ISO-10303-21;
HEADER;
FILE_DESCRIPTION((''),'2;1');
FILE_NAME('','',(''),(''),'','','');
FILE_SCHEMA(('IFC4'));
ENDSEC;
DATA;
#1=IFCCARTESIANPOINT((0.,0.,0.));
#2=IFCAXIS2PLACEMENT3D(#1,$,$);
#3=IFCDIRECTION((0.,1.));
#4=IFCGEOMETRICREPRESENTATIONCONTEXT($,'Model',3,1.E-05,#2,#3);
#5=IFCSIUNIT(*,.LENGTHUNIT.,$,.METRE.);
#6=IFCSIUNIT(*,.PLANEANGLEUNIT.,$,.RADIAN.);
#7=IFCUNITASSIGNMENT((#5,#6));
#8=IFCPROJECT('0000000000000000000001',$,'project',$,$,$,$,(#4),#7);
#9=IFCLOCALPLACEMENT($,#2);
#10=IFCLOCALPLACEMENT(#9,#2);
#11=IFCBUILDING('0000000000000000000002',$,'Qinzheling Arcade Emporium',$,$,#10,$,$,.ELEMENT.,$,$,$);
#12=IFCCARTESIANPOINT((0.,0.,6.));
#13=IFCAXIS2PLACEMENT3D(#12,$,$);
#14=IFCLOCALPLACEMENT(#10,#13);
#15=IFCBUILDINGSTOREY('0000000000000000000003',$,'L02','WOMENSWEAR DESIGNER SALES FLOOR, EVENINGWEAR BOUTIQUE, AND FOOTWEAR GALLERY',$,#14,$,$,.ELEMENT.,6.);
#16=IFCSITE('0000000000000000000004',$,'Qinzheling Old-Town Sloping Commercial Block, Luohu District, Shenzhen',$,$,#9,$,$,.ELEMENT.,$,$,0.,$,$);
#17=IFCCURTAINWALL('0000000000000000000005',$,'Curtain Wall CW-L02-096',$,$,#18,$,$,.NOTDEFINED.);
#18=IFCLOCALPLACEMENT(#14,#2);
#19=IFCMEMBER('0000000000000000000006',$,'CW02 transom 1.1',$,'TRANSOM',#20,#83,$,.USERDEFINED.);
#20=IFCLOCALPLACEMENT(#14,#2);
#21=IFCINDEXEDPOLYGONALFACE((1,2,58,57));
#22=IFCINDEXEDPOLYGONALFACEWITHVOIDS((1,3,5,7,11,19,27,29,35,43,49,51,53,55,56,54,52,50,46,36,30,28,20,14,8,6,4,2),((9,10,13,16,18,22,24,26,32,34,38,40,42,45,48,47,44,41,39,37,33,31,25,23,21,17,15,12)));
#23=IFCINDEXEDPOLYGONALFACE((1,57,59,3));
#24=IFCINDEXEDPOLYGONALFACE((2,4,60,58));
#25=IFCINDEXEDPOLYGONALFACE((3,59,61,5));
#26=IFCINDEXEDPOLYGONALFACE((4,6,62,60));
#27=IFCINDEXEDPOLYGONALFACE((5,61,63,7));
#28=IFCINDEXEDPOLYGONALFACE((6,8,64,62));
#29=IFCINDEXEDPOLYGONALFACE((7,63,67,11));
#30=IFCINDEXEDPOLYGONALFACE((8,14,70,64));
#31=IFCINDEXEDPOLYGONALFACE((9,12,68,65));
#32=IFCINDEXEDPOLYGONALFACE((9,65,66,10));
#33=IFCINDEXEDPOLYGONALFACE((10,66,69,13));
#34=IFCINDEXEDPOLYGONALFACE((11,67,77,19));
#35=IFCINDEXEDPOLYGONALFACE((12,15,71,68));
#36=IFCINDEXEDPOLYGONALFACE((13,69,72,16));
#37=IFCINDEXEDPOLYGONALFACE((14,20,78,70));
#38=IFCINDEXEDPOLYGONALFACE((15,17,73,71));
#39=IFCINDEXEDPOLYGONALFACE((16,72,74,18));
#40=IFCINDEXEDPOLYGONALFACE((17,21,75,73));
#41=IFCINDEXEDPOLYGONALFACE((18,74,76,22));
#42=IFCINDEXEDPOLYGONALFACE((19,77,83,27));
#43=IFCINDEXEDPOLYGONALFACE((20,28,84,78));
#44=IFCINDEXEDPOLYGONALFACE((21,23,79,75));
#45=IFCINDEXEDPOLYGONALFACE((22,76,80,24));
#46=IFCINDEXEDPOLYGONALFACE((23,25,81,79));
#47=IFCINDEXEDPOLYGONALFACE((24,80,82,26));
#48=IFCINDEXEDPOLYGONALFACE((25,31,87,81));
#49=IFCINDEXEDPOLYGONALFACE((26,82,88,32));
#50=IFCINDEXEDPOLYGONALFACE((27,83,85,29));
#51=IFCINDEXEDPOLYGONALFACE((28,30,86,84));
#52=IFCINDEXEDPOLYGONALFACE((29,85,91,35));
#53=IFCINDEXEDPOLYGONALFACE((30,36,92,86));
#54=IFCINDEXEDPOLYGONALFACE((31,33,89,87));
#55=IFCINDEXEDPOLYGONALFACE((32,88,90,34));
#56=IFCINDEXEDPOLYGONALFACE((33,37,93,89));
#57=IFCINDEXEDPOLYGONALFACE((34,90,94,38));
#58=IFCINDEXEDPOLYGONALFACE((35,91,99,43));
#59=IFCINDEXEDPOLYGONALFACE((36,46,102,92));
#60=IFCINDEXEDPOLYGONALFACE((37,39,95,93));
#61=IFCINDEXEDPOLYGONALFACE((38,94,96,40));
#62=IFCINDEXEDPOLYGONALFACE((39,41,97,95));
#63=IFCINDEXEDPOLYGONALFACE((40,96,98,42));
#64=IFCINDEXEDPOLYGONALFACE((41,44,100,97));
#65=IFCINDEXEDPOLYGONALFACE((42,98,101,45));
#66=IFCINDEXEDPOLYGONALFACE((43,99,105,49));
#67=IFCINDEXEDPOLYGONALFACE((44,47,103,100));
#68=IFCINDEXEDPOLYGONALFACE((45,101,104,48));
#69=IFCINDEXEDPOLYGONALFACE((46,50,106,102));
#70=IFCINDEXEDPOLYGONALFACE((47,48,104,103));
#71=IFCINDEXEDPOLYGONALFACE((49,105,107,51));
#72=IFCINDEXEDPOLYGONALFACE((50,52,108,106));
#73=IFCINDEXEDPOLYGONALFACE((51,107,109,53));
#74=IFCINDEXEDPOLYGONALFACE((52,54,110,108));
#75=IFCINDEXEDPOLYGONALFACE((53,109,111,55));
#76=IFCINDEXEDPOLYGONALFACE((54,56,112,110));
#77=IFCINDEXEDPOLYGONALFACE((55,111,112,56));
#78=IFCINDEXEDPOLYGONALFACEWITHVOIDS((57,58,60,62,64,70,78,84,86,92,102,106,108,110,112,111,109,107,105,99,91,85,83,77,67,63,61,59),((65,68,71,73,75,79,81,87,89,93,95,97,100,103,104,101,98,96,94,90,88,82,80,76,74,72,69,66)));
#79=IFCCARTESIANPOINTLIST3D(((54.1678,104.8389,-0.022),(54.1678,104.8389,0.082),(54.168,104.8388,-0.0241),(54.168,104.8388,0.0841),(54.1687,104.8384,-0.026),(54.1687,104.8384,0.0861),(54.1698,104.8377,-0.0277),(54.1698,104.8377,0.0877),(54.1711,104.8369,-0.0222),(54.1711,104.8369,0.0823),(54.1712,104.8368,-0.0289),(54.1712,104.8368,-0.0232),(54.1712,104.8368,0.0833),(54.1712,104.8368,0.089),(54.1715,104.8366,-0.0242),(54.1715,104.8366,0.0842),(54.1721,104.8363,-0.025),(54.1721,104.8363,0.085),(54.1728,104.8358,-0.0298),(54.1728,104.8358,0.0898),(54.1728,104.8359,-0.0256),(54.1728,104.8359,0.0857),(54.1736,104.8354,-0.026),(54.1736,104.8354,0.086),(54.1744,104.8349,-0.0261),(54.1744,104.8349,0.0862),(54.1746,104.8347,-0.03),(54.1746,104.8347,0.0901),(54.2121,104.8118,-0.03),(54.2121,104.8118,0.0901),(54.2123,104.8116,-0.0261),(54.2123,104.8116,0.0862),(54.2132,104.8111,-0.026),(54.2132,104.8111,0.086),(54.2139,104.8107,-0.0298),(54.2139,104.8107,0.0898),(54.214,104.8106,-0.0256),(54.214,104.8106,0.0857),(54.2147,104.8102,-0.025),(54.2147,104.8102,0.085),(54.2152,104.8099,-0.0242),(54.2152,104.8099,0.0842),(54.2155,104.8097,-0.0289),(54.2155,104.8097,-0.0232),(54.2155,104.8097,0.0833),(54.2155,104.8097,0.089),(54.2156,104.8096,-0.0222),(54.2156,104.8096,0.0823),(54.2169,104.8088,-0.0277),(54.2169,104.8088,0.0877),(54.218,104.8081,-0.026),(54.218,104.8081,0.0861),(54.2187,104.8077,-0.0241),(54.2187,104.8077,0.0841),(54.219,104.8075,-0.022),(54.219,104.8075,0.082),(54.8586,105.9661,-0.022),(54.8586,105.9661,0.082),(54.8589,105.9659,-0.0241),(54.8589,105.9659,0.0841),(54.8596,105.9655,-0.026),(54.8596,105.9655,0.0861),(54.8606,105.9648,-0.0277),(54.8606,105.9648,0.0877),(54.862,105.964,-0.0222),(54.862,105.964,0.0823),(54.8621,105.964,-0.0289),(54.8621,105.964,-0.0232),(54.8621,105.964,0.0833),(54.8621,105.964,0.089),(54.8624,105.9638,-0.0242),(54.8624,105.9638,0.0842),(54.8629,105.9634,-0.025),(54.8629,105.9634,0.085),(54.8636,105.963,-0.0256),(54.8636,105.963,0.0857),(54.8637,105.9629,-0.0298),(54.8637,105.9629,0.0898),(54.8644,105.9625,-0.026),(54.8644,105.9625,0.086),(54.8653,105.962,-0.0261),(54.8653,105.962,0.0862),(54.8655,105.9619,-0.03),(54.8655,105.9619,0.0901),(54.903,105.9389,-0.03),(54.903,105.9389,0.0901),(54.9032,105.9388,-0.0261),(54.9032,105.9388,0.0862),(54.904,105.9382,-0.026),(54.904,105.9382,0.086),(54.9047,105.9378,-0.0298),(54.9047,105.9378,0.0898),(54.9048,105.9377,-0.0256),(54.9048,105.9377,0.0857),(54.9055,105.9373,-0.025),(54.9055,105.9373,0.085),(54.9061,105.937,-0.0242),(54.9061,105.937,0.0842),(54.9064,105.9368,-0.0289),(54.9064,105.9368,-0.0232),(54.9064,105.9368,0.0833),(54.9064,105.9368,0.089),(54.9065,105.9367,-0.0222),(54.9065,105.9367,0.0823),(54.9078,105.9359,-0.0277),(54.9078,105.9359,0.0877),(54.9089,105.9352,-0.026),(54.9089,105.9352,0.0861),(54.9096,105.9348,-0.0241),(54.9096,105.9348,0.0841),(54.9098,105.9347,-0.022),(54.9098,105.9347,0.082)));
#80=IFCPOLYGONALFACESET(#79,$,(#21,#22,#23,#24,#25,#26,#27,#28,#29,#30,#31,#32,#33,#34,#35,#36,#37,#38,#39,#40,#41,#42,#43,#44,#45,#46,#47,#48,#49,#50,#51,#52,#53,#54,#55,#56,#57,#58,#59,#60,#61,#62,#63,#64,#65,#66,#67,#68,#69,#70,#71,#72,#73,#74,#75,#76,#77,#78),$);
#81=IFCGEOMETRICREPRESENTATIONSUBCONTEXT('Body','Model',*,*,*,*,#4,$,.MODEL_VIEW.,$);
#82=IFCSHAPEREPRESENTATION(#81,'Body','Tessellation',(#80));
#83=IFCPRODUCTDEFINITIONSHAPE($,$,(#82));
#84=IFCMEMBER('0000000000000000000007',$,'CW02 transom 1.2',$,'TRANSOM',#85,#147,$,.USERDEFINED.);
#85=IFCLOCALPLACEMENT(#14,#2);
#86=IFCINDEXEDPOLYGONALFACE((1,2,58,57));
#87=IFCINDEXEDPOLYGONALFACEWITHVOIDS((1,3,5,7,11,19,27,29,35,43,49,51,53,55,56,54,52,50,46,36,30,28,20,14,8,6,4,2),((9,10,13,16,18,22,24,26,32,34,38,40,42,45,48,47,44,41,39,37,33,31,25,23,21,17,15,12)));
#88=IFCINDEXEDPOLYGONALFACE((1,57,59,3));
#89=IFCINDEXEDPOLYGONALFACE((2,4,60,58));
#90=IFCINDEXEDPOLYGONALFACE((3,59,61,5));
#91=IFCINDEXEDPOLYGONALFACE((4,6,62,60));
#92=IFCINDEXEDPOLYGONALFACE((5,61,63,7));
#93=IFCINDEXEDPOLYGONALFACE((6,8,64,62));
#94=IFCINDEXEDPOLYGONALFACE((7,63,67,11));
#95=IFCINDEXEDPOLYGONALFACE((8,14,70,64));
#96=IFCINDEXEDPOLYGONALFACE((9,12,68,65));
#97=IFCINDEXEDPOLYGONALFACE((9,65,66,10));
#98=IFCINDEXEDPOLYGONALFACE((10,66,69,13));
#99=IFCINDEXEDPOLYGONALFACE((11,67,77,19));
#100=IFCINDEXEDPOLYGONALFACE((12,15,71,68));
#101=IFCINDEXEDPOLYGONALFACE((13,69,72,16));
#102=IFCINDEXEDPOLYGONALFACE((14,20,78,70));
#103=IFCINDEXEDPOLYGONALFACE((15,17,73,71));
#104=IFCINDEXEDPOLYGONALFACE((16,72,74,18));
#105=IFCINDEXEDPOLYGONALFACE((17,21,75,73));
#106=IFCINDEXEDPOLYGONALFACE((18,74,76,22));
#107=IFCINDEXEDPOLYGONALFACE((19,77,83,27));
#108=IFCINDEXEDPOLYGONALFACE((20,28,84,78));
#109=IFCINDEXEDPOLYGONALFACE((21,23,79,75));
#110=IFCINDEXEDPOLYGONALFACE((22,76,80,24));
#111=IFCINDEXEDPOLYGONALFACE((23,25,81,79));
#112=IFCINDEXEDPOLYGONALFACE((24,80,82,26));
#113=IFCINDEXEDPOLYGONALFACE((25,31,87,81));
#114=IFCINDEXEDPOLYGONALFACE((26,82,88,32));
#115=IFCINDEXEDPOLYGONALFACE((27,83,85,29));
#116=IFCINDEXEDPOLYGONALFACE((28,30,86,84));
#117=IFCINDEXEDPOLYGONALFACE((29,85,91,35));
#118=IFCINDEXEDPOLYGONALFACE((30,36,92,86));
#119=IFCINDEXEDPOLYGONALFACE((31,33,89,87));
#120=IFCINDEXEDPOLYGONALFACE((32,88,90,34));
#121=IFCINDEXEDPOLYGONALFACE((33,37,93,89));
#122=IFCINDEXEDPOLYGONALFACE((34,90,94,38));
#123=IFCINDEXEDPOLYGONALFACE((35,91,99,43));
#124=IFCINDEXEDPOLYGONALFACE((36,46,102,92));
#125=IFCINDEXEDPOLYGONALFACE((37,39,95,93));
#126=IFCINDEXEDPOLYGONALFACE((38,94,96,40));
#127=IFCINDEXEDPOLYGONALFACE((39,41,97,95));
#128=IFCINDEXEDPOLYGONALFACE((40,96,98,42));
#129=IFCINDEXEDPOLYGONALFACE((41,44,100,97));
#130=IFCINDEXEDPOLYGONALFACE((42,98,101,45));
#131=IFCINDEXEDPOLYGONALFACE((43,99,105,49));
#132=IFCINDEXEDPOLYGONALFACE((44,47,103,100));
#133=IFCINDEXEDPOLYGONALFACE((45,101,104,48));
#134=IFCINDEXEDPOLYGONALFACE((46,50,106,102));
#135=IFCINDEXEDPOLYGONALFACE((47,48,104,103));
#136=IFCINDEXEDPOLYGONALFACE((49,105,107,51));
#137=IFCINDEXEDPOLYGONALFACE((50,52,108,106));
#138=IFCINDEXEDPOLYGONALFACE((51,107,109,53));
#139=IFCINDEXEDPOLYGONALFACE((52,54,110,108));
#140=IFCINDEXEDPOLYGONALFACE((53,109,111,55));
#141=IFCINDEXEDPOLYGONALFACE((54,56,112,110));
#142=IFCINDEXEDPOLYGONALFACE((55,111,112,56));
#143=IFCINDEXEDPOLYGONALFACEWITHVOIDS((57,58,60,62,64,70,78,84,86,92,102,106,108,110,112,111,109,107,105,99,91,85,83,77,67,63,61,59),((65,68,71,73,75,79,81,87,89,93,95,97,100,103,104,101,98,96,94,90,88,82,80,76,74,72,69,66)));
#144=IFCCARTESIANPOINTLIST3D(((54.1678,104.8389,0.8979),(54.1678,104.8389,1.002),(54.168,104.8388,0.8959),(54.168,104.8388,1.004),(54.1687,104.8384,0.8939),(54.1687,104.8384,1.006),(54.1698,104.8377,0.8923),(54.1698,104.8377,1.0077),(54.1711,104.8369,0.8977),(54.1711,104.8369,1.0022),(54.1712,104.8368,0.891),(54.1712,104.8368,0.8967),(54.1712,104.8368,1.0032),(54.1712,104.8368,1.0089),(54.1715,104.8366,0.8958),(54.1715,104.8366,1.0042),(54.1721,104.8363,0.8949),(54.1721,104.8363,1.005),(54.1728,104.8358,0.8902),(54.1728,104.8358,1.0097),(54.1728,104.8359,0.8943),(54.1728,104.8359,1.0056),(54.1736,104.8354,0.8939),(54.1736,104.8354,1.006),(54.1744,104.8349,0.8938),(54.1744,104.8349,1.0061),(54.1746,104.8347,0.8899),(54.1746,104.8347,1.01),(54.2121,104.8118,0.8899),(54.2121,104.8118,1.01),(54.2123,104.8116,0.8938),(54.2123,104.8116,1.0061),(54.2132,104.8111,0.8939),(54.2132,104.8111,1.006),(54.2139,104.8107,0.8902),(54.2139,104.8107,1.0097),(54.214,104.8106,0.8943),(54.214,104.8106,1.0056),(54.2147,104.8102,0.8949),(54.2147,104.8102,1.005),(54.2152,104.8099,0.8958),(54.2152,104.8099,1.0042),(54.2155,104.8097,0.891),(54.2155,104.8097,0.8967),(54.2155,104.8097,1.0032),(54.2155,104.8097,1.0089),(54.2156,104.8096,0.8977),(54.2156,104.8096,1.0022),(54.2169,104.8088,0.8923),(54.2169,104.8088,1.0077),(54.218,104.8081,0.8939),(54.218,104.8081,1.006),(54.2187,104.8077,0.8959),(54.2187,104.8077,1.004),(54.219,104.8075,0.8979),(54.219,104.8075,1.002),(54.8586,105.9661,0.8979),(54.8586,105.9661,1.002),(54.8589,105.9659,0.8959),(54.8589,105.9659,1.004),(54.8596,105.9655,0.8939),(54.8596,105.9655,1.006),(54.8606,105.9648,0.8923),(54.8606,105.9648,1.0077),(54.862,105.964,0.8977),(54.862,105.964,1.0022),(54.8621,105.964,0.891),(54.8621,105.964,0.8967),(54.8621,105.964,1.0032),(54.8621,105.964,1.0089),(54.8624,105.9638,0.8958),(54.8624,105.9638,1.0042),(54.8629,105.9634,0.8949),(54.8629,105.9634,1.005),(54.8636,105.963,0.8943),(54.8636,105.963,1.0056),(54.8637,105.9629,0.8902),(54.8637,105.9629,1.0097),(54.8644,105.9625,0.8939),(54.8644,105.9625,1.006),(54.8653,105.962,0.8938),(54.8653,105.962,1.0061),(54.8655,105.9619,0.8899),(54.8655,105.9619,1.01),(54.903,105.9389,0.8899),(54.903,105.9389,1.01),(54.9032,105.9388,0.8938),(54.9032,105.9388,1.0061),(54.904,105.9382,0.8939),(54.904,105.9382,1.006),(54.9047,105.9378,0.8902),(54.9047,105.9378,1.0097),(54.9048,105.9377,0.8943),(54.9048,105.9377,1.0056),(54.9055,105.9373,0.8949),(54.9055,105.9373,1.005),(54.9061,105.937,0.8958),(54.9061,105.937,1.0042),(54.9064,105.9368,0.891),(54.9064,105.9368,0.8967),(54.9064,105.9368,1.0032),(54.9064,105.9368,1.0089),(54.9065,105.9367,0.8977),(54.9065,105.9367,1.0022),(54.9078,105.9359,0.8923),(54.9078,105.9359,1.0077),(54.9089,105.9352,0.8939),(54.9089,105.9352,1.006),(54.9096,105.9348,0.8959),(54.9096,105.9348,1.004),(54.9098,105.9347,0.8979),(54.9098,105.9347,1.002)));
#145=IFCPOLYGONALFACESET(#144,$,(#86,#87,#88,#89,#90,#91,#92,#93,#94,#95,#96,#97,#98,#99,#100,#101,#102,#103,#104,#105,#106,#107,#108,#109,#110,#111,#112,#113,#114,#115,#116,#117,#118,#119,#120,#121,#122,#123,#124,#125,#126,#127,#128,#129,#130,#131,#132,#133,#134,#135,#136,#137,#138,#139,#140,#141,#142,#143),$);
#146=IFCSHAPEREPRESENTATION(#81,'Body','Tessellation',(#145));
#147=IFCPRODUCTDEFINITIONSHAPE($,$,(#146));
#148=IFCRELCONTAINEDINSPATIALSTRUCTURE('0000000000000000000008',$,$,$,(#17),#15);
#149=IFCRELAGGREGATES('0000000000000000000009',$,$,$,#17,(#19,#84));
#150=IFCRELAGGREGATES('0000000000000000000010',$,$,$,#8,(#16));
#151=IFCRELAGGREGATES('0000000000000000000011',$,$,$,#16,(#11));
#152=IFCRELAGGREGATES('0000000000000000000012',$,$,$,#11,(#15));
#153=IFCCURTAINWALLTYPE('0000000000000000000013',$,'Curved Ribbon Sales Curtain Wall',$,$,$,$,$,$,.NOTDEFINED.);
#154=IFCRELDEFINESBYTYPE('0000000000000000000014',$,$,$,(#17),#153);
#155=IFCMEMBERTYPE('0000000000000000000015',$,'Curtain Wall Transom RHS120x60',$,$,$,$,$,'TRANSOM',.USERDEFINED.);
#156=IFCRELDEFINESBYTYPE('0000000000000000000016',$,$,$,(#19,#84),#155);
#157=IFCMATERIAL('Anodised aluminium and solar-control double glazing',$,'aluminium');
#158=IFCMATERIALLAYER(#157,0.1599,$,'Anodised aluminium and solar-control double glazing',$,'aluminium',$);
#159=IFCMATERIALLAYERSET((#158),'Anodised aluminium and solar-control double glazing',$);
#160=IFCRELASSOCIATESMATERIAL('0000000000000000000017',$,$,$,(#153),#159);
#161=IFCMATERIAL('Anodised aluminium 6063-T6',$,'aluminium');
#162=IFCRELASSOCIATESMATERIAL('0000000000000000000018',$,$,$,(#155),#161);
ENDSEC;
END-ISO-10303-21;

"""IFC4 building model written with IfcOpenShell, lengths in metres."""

from ifc_helpers import new_model, si_unit, direction, frame, origin, origin_2d, place, context, subcontext, project, spatial, hollow_rectangle, extrude, material, layer, layer_set, material_profile, profile_set, type_object, element, aggregate, save


model = new_model("IFC4")

# Units and contexts
model_context = context("Model", 3, precision=1e-05, world=origin(), true_north=direction((0.0, 1.0)))
body_context = subcontext(model_context, "Body", "Model", "MODEL_VIEW")
ifc_project = project(units=[si_unit("LENGTHUNIT", "METRE"), si_unit("PLANEANGLEUNIT", "RADIAN")], contexts=[model_context])

# Site, building, storey
site_placement = place(None, origin())
site = spatial("IfcSite", under=ifc_project, at=site_placement, Name="Qinzheling Old-Town Sloping Commercial Block, Luohu District, Shenzhen", CompositionType="ELEMENT", RefElevation=0.0)
building_placement = place(site_placement, origin())
building = spatial("IfcBuilding", under=site, at=building_placement, Name="Qinzheling Arcade Emporium", CompositionType="ELEMENT")
storey_placement = place(building_placement, frame((0.0, 0.0, 6.0)))
storey = spatial("IfcBuildingStorey", under=building, at=storey_placement, Name="L02", Description="WOMENSWEAR DESIGNER SALES FLOOR, EVENINGWEAR BOUTIQUE, AND FOOTWEAR GALLERY", CompositionType="ELEMENT", Elevation=6.0)

# Curtain wall
ifc_material_1 = material(Name="Anodised aluminium and solar-control double glazing", Category="aluminium")
ifc_layer_1 = layer(ifc_material_1, 0.1599, Name="Anodised aluminium and solar-control double glazing", Category="aluminium")
ifc_layer_set_1 = layer_set([ifc_layer_1], Name="Anodised aluminium and solar-control double glazing")
curtain_wall_type = type_object("IfcCurtainWallType", Name="Curved Ribbon Sales Curtain Wall", PredefinedType="NOTDEFINED", material=ifc_layer_set_1)
ifc_material_2 = material(Name="Anodised aluminium 6063-T6", Category="aluminium")
curtain_wall_1_placement = place(storey_placement, origin())
curtain_wall_1 = element("IfcCurtainWall", 1, at=curtain_wall_1_placement, inside=storey, type_object=curtain_wall_type, Name="Curtain Wall CW-L02-096", PredefinedType="NOTDEFINED")

# Members
ifc_material_profile_1 = material_profile(ifc_material_2, hollow_rectangle(XDim=0.0601, YDim=0.1201, WallThickness=0.0039, InnerFilletRadius=0.0039, OuterFilletRadius=0.0081, at=origin_2d()), Name="RHS 120x60x4", Category="aluminium")
ifc_profile_set_1 = profile_set([ifc_material_profile_1], Name="Anodised aluminium 6063-T6")
member_type_1 = type_object("IfcMemberType", Name="Curtain Wall Transom RHS120x60", ElementType="TRANSOM", PredefinedType="USERDEFINED", material=ifc_profile_set_1)
member_1_placement = place(storey_placement, frame((54.1934, 104.8232, 0.03), z_axis=(0.522592, 0.852583, 0.0), x_axis=(-0.852583, 0.522592, 0.0)))
member_1 = element("IfcMember", 2, at=member_1_placement, type_object=member_type_1, Name="CW02 transom 1.1", ObjectType="TRANSOM", PredefinedType="USERDEFINED", context=body_context, shape_type="SweptSolid", body=[
    extrude(hollow_rectangle(XDim=0.0601, YDim=0.1201, WallThickness=0.0039, InnerFilletRadius=0.0039, OuterFilletRadius=0.0081, at=origin_2d()), origin(), (0.0, 0.0, 1.0), 1.322),
])
member_2_placement = place(storey_placement, frame((54.1934, 104.8232, 0.95), z_axis=(0.522592, 0.852583, 0.0), x_axis=(-0.852583, 0.522592, 0.0)))
member_2 = element("IfcMember", 3, at=member_2_placement, type_object=member_type_1, Name="CW02 transom 1.2", ObjectType="TRANSOM", PredefinedType="USERDEFINED", context=body_context, shape_type="SweptSolid", body=[
    extrude(hollow_rectangle(XDim=0.0601, YDim=0.1201, WallThickness=0.0039, InnerFilletRadius=0.0039, OuterFilletRadius=0.0081, at=origin_2d()), origin(), (0.0, 0.0, 1.0), 1.322),
])

aggregate(curtain_wall_1, [member_1, member_2])

save(model, "model.ifc")
